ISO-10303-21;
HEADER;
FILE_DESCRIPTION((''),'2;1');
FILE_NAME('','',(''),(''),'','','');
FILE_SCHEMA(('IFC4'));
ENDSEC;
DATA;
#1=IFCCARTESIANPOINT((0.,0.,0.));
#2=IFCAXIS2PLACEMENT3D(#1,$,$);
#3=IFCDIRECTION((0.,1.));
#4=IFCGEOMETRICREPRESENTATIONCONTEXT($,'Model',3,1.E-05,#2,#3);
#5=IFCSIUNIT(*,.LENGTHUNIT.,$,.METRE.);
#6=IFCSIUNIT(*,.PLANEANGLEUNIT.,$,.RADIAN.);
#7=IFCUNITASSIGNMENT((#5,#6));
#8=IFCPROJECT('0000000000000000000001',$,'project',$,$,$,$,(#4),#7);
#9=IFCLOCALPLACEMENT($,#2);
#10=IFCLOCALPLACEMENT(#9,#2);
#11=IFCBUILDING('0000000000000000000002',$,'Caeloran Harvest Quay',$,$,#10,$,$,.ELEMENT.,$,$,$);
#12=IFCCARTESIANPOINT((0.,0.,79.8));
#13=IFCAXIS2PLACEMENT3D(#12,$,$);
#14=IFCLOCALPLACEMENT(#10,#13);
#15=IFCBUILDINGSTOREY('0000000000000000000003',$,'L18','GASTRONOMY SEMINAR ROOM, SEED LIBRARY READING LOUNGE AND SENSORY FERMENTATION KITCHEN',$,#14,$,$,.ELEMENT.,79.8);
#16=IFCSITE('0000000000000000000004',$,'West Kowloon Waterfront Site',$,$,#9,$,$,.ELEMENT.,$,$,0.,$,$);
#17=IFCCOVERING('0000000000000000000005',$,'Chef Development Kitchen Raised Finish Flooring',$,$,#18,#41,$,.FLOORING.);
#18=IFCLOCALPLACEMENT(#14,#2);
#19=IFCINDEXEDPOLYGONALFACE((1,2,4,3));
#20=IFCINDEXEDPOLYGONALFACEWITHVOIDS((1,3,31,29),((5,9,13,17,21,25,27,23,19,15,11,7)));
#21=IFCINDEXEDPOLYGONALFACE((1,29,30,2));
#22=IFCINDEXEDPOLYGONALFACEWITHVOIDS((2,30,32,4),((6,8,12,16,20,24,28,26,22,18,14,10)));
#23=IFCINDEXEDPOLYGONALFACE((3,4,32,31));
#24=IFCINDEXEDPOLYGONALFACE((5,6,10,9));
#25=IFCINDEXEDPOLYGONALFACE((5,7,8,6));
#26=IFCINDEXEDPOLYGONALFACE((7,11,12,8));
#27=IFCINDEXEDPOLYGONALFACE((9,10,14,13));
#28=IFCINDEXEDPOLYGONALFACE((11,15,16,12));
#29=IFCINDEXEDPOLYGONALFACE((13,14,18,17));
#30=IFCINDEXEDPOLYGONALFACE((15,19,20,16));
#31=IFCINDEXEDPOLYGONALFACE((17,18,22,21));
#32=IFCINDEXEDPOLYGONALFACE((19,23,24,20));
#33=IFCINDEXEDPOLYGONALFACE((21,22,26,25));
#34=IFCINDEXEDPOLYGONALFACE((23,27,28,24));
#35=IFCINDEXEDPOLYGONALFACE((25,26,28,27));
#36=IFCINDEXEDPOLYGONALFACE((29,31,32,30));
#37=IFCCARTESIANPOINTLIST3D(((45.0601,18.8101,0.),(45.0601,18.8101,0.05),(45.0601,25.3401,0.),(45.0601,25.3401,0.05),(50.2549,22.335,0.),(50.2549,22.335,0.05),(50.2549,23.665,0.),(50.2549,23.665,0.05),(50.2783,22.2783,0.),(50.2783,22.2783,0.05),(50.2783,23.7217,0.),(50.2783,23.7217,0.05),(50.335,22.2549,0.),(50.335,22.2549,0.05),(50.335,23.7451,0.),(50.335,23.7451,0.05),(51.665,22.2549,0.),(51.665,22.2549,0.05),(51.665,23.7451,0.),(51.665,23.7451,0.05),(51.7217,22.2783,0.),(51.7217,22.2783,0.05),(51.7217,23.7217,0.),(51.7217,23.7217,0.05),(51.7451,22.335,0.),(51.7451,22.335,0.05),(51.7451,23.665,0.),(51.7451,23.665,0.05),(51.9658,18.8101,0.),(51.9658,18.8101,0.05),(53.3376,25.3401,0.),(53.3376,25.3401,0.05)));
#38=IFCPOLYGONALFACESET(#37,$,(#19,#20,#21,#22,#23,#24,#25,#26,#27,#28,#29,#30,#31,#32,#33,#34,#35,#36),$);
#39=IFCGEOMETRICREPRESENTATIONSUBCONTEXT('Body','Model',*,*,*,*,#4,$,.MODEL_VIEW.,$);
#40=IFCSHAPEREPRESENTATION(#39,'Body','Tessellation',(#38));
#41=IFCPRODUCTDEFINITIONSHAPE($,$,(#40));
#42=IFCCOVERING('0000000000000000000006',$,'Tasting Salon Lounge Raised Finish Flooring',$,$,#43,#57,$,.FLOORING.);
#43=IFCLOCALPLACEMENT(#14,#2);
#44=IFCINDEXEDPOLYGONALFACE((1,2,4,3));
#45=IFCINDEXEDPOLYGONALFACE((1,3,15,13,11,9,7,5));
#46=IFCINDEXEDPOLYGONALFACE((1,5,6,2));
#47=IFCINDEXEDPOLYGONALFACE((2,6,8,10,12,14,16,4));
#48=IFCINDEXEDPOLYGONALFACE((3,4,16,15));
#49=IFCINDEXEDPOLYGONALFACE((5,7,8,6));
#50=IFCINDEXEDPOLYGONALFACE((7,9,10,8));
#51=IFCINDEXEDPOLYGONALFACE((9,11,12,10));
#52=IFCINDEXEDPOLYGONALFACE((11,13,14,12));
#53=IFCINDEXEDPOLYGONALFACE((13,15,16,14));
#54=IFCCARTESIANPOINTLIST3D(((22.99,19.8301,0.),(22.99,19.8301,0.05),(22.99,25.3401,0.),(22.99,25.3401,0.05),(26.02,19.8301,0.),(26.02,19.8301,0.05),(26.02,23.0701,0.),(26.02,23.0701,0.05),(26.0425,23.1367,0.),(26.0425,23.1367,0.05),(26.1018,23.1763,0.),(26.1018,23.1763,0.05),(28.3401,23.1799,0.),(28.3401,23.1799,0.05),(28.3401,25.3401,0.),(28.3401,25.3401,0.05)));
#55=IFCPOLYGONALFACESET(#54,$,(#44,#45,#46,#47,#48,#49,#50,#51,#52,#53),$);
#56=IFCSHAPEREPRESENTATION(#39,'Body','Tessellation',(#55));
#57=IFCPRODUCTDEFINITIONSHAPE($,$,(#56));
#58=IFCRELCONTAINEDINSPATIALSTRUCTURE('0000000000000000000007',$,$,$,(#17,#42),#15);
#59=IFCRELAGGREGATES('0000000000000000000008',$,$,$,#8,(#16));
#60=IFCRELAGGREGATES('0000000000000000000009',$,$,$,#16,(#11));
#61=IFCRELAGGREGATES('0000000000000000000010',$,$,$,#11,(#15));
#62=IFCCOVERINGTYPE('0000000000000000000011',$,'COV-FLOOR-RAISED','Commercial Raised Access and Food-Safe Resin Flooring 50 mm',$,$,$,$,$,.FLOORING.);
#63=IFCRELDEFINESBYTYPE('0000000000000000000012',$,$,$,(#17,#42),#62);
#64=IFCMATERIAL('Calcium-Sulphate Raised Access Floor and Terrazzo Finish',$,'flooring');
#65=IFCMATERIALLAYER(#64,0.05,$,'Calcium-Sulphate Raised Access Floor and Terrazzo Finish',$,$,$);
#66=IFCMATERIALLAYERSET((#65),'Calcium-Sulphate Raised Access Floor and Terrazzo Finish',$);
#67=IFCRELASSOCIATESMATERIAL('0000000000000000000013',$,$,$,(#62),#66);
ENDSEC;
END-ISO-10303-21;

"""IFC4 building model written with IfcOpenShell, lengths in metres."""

from ifc_helpers import new_model, si_unit, direction, frame, origin, place, context, subcontext, project, spatial, polyline, outline, extrude, material, layer, layer_set, type_object, element, save


model = new_model("IFC4")

# Units and contexts
model_context = context("Model", 3, precision=1e-05, world=origin(), true_north=direction((0.0, 1.0)))
body_context = subcontext(model_context, "Body", "Model", "MODEL_VIEW")
ifc_project = project(units=[si_unit("LENGTHUNIT", "METRE"), si_unit("PLANEANGLEUNIT", "RADIAN")], contexts=[model_context])

# Site, building, storey
site_placement = place(None, origin())
site = spatial("IfcSite", under=ifc_project, at=site_placement, Name="West Kowloon Waterfront Site", CompositionType="ELEMENT", RefElevation=0.0)
building_placement = place(site_placement, origin())
building = spatial("IfcBuilding", under=site, at=building_placement, Name="Caeloran Harvest Quay", CompositionType="ELEMENT")
storey_placement = place(building_placement, frame((0.0, 0.0, 79.8)))
storey = spatial("IfcBuildingStorey", under=building, at=storey_placement, Name="L18", Description="GASTRONOMY SEMINAR ROOM, SEED LIBRARY READING LOUNGE AND SENSORY FERMENTATION KITCHEN", CompositionType="ELEMENT", Elevation=79.8)

# Coverings
ifc_material_1 = material(Name="Calcium-Sulphate Raised Access Floor and Terrazzo Finish", Category="flooring")
ifc_layer_1 = layer(ifc_material_1, 0.05, Name="Calcium-Sulphate Raised Access Floor and Terrazzo Finish")
ifc_layer_set_1 = layer_set([ifc_layer_1], Name="Calcium-Sulphate Raised Access Floor and Terrazzo Finish")
covering_type_1 = type_object("IfcCoveringType", Name="COV-FLOOR-RAISED", Description="Commercial Raised Access and Food-Safe Resin Flooring 50 mm", PredefinedType="FLOORING", material=ifc_layer_set_1)
covering_1_placement = place(storey_placement, origin())
element("IfcCovering", 1, at=covering_1_placement, inside=storey, type_object=covering_type_1, Name="Chef Development Kitchen Raised Finish Flooring", PredefinedType="FLOORING", context=body_context, shape_type="SweptSolid", body=[
    extrude(outline(polyline([(51.9658, 18.8101), (45.0601, 18.8101), (45.0601, 25.3401), (53.3376, 25.3401), (51.9658, 18.8101)]), holes=[polyline([(51.7451, 23.665), (51.7217, 23.7217), (51.665, 23.7451), (50.335, 23.7451), (50.2783, 23.7217), (50.2549, 23.665), (50.2549, 22.335), (50.2783, 22.2783), (50.335, 22.2549), (51.665, 22.2549), (51.7217, 22.2783), (51.7451, 22.335), (51.7451, 23.665)])]), origin(), (0.0, 0.0, 1.0), 0.05),
])
covering_2_placement = place(storey_placement, origin())
element("IfcCovering", 2, at=covering_2_placement, inside=storey, type_object=covering_type_1, Name="Tasting Salon Lounge Raised Finish Flooring", PredefinedType="FLOORING", context=body_context, shape_type="SweptSolid", body=[
    extrude(outline(polyline([(26.1018, 23.1763), (26.0425, 23.1367), (26.02, 23.0701), (26.02, 19.8301), (22.99, 19.8301), (22.99, 25.3401), (28.3401, 25.3401), (28.3401, 23.1799), (26.1018, 23.1763)])), origin(), (0.0, 0.0, 1.0), 0.05),
])

save(model, "model.ifc")
